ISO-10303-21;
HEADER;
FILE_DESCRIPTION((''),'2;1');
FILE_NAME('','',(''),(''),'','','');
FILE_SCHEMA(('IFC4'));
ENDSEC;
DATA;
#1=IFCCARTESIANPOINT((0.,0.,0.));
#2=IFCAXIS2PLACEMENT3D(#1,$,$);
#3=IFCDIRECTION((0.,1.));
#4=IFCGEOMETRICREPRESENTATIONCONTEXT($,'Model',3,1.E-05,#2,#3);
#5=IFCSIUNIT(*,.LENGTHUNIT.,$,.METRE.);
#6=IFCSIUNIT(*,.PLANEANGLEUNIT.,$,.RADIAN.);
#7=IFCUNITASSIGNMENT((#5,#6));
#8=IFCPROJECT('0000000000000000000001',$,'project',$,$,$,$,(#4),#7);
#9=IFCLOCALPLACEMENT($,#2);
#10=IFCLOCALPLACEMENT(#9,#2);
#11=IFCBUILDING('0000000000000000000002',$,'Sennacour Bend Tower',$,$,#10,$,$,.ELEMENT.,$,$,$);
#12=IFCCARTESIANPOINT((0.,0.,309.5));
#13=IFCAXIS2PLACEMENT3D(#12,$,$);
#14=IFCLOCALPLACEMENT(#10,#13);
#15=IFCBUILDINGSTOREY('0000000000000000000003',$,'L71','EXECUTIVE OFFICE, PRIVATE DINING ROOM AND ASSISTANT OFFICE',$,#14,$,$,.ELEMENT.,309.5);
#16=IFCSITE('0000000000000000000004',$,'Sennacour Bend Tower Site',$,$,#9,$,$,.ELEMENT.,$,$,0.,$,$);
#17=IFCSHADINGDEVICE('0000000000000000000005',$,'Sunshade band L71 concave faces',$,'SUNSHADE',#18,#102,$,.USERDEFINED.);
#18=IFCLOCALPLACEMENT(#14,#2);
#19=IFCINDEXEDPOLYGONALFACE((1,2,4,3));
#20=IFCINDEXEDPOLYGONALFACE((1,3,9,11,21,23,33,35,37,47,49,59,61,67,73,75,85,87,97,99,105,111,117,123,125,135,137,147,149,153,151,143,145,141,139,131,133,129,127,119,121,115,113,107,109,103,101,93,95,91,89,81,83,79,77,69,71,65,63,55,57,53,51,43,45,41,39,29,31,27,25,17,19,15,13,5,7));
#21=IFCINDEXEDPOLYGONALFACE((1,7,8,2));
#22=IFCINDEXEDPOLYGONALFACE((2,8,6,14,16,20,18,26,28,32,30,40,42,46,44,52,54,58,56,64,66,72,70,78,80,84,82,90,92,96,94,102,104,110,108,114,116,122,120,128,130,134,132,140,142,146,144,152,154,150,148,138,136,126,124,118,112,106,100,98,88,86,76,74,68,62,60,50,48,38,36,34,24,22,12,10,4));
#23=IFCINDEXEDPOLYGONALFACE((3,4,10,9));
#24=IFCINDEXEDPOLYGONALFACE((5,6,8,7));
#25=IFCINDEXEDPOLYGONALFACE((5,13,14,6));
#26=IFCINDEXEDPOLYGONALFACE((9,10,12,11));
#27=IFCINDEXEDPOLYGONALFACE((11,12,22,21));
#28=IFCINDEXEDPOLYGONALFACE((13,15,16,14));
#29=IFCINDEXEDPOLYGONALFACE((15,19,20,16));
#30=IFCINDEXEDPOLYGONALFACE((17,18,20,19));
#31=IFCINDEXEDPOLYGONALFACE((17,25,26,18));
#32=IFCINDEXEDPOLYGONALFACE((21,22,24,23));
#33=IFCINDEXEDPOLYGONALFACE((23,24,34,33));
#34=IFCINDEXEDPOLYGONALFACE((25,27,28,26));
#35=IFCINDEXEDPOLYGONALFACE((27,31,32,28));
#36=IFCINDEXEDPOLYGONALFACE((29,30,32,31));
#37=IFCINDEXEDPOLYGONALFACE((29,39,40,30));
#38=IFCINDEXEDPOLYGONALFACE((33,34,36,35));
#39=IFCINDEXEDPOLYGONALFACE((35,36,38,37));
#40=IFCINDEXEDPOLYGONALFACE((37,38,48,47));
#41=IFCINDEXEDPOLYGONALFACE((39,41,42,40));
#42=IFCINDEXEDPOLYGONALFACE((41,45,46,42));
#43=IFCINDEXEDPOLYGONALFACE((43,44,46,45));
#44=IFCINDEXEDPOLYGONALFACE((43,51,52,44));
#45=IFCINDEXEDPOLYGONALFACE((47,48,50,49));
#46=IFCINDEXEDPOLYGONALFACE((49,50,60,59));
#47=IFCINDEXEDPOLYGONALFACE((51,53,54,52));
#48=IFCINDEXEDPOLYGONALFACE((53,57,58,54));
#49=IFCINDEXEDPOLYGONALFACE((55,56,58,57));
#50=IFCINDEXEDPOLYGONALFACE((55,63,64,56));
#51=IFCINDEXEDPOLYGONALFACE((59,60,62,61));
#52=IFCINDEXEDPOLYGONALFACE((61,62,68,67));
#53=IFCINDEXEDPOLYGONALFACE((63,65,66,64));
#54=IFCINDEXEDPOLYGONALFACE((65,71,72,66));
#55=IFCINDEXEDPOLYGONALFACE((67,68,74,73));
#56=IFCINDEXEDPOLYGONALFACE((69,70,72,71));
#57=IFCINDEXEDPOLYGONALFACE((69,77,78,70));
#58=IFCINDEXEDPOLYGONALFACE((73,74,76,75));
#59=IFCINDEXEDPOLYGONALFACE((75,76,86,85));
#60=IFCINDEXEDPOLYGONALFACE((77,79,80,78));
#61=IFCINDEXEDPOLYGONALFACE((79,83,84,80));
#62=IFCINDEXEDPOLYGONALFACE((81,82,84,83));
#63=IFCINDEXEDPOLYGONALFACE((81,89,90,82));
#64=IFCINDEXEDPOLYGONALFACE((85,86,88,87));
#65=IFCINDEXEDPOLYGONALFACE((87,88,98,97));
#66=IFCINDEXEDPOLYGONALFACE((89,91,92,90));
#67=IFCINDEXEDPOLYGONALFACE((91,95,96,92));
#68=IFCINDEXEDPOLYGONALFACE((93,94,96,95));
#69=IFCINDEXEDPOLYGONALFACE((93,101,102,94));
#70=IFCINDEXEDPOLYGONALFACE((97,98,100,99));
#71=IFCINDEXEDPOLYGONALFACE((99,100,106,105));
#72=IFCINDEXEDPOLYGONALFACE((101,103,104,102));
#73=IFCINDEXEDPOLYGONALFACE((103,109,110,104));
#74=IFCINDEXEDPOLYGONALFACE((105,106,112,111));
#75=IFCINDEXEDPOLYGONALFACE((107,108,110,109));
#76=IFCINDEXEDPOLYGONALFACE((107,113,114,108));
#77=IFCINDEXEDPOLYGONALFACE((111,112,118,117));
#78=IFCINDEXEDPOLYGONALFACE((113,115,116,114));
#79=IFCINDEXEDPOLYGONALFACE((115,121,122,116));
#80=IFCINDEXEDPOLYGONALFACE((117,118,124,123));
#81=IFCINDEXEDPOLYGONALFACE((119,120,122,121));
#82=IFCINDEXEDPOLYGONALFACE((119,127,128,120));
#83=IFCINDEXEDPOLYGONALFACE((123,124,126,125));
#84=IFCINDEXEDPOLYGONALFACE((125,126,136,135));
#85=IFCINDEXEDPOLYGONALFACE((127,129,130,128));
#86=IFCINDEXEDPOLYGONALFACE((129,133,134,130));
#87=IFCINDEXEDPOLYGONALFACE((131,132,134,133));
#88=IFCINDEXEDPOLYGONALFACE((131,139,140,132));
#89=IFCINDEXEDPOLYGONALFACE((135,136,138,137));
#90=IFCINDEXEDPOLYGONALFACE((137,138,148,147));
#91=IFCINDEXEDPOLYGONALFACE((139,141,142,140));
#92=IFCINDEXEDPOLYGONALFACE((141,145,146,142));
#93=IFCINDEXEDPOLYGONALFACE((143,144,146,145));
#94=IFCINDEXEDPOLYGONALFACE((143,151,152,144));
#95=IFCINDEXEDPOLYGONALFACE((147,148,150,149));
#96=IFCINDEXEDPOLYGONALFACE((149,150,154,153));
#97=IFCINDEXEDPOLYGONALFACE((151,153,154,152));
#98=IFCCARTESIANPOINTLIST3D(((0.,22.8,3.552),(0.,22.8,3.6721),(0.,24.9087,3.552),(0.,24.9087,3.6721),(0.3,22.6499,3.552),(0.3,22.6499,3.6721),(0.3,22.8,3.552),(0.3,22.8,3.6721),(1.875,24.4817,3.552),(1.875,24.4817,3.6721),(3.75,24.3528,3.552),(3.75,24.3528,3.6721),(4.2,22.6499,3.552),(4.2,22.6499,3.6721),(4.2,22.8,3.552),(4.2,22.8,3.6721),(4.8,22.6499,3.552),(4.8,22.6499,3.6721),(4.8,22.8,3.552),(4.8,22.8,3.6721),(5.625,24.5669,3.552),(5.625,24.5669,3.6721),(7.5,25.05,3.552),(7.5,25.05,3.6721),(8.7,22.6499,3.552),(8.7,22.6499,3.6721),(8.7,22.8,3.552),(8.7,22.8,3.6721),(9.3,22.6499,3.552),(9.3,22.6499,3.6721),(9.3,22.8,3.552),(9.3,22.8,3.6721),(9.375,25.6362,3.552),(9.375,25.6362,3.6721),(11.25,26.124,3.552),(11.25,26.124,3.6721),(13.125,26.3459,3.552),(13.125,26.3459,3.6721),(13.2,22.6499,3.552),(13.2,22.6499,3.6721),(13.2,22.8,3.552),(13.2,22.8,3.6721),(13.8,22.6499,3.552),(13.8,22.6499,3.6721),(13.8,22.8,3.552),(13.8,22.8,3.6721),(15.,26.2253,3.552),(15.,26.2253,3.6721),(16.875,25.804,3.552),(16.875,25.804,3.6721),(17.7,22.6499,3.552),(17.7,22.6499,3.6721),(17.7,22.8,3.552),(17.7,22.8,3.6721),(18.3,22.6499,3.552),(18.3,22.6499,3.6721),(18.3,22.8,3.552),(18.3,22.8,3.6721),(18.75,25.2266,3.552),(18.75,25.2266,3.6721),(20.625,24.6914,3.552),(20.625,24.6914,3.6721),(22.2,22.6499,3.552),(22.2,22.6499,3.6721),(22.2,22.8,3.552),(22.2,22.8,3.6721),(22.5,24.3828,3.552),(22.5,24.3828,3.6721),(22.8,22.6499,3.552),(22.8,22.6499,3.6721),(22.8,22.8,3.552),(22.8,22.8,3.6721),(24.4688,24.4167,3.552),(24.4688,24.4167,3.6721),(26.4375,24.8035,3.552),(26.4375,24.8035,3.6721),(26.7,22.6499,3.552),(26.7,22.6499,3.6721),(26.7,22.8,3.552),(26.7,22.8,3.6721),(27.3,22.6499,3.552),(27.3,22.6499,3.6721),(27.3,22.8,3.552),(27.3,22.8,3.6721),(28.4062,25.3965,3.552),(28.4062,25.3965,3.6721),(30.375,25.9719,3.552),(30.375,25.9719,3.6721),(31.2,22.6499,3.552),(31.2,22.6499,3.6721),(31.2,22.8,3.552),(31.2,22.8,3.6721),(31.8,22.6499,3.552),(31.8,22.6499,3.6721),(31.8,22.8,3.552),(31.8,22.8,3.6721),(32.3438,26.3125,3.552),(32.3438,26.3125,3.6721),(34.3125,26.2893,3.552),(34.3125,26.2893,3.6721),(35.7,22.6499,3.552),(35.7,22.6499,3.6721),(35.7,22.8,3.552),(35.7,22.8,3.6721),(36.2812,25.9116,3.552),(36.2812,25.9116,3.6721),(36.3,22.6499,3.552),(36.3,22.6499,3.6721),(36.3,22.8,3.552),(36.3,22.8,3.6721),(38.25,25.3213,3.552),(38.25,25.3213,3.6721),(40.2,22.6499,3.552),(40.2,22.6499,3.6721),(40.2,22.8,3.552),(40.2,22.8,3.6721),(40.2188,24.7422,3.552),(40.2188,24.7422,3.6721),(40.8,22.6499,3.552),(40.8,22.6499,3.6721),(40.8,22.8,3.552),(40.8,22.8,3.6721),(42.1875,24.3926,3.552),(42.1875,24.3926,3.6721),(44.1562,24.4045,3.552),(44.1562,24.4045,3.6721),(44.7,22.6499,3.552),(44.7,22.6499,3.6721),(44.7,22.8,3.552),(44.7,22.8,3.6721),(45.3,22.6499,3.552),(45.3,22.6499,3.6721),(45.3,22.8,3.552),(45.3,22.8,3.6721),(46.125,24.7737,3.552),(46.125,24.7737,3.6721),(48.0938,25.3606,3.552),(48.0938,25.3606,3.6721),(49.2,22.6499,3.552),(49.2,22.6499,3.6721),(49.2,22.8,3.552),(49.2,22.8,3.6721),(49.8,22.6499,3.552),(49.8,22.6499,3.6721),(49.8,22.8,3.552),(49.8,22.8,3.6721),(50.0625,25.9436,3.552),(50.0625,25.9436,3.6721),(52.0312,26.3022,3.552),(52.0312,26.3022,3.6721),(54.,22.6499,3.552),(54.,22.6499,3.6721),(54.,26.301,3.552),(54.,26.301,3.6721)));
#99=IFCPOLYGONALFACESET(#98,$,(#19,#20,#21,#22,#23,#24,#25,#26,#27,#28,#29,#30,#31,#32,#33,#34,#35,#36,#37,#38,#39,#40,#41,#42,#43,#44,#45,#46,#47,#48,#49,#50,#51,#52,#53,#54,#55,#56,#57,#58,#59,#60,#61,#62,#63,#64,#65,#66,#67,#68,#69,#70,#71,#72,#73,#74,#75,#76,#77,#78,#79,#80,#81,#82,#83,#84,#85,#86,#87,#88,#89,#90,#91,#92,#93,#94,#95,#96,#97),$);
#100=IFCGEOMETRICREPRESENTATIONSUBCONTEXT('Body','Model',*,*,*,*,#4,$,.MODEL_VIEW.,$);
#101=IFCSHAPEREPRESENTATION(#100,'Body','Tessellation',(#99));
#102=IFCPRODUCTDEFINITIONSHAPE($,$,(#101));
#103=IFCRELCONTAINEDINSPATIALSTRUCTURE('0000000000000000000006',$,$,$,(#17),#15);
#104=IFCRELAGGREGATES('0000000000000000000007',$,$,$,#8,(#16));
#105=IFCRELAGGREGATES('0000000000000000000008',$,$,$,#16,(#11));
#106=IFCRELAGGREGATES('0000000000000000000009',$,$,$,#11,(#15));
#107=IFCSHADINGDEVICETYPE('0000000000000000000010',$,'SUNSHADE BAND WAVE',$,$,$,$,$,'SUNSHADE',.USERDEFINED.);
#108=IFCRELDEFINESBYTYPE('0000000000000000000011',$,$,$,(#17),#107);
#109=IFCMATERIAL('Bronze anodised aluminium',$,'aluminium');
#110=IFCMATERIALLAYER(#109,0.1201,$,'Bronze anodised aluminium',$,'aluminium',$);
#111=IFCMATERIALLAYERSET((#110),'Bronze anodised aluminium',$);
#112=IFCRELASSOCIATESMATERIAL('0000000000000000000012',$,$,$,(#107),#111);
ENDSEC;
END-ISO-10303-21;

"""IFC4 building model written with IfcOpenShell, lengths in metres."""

from ifc_helpers import new_model, si_unit, direction, frame, origin, place, context, subcontext, project, spatial, polyline, outline, extrude, material, layer, layer_set, type_object, element, save


model = new_model("IFC4")

# Units and contexts
model_context = context("Model", 3, precision=1e-05, world=origin(), true_north=direction((0.0, 1.0)))
body_context = subcontext(model_context, "Body", "Model", "MODEL_VIEW")
ifc_project = project(units=[si_unit("LENGTHUNIT", "METRE"), si_unit("PLANEANGLEUNIT", "RADIAN")], contexts=[model_context])

# Site, building, storey
site_placement = place(None, origin())
site = spatial("IfcSite", under=ifc_project, at=site_placement, Name="Sennacour Bend Tower Site", CompositionType="ELEMENT", RefElevation=0.0)
building_placement = place(site_placement, origin())
building = spatial("IfcBuilding", under=site, at=building_placement, Name="Sennacour Bend Tower", CompositionType="ELEMENT")
storey_placement = place(building_placement, frame((0.0, 0.0, 309.5)))
storey = spatial("IfcBuildingStorey", under=building, at=storey_placement, Name="L71", Description="EXECUTIVE OFFICE, PRIVATE DINING ROOM AND ASSISTANT OFFICE", CompositionType="ELEMENT", Elevation=309.5)

# Shading device
ifc_material_1 = material(Name="Bronze anodised aluminium", Category="aluminium")
ifc_layer_1 = layer(ifc_material_1, 0.1201, Name="Bronze anodised aluminium", Category="aluminium")
ifc_layer_set_1 = layer_set([ifc_layer_1], Name="Bronze anodised aluminium")
shading_device_type_1 = type_object("IfcShadingDeviceType", Name="SUNSHADE BAND WAVE", ElementType="SUNSHADE", PredefinedType="USERDEFINED", material=ifc_layer_set_1)
shading_device_1_placement = place(storey_placement, frame((0.0, 0.0, 3.552)))
element("IfcShadingDevice", 1, at=shading_device_1_placement, inside=storey, type_object=shading_device_type_1, Name="Sunshade band L71 concave faces", ObjectType="SUNSHADE", PredefinedType="USERDEFINED", context=body_context, shape_type="SweptSolid", body=[
    extrude(outline(polyline([(54.0, 22.6499), (49.8, 22.6499), (49.8, 22.8), (49.2, 22.8), (49.2, 22.6499), (45.3, 22.6499), (45.3, 22.8), (44.7, 22.8), (44.7, 22.6499), (40.8, 22.6499), (40.8, 22.8), (40.2, 22.8), (40.2, 22.6499), (36.3, 22.6499), (36.3, 22.8), (35.7, 22.8), (35.7, 22.6499), (31.8, 22.6499), (31.8, 22.8), (31.2, 22.8), (31.2, 22.6499), (27.3, 22.6499), (27.3, 22.8), (26.7, 22.8), (26.7, 22.6499), (22.8, 22.6499), (22.8, 22.8), (22.2, 22.8), (22.2, 22.6499), (18.3, 22.6499), (18.3, 22.8), (17.7, 22.8), (17.7, 22.6499), (13.8, 22.6499), (13.8, 22.8), (13.2, 22.8), (13.2, 22.6499), (9.3, 22.6499), (9.3, 22.8), (8.7, 22.8), (8.7, 22.6499), (4.8, 22.6499), (4.8, 22.8), (4.2, 22.8), (4.2, 22.6499), (0.3, 22.6499), (0.3, 22.8), (0.0, 22.8), (0.0, 24.9087), (1.875, 24.4817), (3.75, 24.3528), (5.625, 24.5669), (7.5, 25.05), (9.375, 25.6362), (11.25, 26.124), (13.125, 26.3459), (15.0, 26.2253), (16.875, 25.804), (18.75, 25.2266), (20.625, 24.6914), (22.5, 24.3828), (24.4688, 24.4167), (26.4375, 24.8035), (28.4062, 25.3965), (30.375, 25.9719), (32.3438, 26.3125), (34.3125, 26.2893), (36.2812, 25.9116), (38.25, 25.3213), (40.2188, 24.7422), (42.1875, 24.3926), (44.1562, 24.4045), (46.125, 24.7737), (48.0938, 25.3606), (50.0625, 25.9436), (52.0312, 26.3022), (54.0, 26.301), (54.0, 22.6499)])), origin(), (0.0, 0.0, 1.0), 0.1201),
])

save(model, "model.ifc")
